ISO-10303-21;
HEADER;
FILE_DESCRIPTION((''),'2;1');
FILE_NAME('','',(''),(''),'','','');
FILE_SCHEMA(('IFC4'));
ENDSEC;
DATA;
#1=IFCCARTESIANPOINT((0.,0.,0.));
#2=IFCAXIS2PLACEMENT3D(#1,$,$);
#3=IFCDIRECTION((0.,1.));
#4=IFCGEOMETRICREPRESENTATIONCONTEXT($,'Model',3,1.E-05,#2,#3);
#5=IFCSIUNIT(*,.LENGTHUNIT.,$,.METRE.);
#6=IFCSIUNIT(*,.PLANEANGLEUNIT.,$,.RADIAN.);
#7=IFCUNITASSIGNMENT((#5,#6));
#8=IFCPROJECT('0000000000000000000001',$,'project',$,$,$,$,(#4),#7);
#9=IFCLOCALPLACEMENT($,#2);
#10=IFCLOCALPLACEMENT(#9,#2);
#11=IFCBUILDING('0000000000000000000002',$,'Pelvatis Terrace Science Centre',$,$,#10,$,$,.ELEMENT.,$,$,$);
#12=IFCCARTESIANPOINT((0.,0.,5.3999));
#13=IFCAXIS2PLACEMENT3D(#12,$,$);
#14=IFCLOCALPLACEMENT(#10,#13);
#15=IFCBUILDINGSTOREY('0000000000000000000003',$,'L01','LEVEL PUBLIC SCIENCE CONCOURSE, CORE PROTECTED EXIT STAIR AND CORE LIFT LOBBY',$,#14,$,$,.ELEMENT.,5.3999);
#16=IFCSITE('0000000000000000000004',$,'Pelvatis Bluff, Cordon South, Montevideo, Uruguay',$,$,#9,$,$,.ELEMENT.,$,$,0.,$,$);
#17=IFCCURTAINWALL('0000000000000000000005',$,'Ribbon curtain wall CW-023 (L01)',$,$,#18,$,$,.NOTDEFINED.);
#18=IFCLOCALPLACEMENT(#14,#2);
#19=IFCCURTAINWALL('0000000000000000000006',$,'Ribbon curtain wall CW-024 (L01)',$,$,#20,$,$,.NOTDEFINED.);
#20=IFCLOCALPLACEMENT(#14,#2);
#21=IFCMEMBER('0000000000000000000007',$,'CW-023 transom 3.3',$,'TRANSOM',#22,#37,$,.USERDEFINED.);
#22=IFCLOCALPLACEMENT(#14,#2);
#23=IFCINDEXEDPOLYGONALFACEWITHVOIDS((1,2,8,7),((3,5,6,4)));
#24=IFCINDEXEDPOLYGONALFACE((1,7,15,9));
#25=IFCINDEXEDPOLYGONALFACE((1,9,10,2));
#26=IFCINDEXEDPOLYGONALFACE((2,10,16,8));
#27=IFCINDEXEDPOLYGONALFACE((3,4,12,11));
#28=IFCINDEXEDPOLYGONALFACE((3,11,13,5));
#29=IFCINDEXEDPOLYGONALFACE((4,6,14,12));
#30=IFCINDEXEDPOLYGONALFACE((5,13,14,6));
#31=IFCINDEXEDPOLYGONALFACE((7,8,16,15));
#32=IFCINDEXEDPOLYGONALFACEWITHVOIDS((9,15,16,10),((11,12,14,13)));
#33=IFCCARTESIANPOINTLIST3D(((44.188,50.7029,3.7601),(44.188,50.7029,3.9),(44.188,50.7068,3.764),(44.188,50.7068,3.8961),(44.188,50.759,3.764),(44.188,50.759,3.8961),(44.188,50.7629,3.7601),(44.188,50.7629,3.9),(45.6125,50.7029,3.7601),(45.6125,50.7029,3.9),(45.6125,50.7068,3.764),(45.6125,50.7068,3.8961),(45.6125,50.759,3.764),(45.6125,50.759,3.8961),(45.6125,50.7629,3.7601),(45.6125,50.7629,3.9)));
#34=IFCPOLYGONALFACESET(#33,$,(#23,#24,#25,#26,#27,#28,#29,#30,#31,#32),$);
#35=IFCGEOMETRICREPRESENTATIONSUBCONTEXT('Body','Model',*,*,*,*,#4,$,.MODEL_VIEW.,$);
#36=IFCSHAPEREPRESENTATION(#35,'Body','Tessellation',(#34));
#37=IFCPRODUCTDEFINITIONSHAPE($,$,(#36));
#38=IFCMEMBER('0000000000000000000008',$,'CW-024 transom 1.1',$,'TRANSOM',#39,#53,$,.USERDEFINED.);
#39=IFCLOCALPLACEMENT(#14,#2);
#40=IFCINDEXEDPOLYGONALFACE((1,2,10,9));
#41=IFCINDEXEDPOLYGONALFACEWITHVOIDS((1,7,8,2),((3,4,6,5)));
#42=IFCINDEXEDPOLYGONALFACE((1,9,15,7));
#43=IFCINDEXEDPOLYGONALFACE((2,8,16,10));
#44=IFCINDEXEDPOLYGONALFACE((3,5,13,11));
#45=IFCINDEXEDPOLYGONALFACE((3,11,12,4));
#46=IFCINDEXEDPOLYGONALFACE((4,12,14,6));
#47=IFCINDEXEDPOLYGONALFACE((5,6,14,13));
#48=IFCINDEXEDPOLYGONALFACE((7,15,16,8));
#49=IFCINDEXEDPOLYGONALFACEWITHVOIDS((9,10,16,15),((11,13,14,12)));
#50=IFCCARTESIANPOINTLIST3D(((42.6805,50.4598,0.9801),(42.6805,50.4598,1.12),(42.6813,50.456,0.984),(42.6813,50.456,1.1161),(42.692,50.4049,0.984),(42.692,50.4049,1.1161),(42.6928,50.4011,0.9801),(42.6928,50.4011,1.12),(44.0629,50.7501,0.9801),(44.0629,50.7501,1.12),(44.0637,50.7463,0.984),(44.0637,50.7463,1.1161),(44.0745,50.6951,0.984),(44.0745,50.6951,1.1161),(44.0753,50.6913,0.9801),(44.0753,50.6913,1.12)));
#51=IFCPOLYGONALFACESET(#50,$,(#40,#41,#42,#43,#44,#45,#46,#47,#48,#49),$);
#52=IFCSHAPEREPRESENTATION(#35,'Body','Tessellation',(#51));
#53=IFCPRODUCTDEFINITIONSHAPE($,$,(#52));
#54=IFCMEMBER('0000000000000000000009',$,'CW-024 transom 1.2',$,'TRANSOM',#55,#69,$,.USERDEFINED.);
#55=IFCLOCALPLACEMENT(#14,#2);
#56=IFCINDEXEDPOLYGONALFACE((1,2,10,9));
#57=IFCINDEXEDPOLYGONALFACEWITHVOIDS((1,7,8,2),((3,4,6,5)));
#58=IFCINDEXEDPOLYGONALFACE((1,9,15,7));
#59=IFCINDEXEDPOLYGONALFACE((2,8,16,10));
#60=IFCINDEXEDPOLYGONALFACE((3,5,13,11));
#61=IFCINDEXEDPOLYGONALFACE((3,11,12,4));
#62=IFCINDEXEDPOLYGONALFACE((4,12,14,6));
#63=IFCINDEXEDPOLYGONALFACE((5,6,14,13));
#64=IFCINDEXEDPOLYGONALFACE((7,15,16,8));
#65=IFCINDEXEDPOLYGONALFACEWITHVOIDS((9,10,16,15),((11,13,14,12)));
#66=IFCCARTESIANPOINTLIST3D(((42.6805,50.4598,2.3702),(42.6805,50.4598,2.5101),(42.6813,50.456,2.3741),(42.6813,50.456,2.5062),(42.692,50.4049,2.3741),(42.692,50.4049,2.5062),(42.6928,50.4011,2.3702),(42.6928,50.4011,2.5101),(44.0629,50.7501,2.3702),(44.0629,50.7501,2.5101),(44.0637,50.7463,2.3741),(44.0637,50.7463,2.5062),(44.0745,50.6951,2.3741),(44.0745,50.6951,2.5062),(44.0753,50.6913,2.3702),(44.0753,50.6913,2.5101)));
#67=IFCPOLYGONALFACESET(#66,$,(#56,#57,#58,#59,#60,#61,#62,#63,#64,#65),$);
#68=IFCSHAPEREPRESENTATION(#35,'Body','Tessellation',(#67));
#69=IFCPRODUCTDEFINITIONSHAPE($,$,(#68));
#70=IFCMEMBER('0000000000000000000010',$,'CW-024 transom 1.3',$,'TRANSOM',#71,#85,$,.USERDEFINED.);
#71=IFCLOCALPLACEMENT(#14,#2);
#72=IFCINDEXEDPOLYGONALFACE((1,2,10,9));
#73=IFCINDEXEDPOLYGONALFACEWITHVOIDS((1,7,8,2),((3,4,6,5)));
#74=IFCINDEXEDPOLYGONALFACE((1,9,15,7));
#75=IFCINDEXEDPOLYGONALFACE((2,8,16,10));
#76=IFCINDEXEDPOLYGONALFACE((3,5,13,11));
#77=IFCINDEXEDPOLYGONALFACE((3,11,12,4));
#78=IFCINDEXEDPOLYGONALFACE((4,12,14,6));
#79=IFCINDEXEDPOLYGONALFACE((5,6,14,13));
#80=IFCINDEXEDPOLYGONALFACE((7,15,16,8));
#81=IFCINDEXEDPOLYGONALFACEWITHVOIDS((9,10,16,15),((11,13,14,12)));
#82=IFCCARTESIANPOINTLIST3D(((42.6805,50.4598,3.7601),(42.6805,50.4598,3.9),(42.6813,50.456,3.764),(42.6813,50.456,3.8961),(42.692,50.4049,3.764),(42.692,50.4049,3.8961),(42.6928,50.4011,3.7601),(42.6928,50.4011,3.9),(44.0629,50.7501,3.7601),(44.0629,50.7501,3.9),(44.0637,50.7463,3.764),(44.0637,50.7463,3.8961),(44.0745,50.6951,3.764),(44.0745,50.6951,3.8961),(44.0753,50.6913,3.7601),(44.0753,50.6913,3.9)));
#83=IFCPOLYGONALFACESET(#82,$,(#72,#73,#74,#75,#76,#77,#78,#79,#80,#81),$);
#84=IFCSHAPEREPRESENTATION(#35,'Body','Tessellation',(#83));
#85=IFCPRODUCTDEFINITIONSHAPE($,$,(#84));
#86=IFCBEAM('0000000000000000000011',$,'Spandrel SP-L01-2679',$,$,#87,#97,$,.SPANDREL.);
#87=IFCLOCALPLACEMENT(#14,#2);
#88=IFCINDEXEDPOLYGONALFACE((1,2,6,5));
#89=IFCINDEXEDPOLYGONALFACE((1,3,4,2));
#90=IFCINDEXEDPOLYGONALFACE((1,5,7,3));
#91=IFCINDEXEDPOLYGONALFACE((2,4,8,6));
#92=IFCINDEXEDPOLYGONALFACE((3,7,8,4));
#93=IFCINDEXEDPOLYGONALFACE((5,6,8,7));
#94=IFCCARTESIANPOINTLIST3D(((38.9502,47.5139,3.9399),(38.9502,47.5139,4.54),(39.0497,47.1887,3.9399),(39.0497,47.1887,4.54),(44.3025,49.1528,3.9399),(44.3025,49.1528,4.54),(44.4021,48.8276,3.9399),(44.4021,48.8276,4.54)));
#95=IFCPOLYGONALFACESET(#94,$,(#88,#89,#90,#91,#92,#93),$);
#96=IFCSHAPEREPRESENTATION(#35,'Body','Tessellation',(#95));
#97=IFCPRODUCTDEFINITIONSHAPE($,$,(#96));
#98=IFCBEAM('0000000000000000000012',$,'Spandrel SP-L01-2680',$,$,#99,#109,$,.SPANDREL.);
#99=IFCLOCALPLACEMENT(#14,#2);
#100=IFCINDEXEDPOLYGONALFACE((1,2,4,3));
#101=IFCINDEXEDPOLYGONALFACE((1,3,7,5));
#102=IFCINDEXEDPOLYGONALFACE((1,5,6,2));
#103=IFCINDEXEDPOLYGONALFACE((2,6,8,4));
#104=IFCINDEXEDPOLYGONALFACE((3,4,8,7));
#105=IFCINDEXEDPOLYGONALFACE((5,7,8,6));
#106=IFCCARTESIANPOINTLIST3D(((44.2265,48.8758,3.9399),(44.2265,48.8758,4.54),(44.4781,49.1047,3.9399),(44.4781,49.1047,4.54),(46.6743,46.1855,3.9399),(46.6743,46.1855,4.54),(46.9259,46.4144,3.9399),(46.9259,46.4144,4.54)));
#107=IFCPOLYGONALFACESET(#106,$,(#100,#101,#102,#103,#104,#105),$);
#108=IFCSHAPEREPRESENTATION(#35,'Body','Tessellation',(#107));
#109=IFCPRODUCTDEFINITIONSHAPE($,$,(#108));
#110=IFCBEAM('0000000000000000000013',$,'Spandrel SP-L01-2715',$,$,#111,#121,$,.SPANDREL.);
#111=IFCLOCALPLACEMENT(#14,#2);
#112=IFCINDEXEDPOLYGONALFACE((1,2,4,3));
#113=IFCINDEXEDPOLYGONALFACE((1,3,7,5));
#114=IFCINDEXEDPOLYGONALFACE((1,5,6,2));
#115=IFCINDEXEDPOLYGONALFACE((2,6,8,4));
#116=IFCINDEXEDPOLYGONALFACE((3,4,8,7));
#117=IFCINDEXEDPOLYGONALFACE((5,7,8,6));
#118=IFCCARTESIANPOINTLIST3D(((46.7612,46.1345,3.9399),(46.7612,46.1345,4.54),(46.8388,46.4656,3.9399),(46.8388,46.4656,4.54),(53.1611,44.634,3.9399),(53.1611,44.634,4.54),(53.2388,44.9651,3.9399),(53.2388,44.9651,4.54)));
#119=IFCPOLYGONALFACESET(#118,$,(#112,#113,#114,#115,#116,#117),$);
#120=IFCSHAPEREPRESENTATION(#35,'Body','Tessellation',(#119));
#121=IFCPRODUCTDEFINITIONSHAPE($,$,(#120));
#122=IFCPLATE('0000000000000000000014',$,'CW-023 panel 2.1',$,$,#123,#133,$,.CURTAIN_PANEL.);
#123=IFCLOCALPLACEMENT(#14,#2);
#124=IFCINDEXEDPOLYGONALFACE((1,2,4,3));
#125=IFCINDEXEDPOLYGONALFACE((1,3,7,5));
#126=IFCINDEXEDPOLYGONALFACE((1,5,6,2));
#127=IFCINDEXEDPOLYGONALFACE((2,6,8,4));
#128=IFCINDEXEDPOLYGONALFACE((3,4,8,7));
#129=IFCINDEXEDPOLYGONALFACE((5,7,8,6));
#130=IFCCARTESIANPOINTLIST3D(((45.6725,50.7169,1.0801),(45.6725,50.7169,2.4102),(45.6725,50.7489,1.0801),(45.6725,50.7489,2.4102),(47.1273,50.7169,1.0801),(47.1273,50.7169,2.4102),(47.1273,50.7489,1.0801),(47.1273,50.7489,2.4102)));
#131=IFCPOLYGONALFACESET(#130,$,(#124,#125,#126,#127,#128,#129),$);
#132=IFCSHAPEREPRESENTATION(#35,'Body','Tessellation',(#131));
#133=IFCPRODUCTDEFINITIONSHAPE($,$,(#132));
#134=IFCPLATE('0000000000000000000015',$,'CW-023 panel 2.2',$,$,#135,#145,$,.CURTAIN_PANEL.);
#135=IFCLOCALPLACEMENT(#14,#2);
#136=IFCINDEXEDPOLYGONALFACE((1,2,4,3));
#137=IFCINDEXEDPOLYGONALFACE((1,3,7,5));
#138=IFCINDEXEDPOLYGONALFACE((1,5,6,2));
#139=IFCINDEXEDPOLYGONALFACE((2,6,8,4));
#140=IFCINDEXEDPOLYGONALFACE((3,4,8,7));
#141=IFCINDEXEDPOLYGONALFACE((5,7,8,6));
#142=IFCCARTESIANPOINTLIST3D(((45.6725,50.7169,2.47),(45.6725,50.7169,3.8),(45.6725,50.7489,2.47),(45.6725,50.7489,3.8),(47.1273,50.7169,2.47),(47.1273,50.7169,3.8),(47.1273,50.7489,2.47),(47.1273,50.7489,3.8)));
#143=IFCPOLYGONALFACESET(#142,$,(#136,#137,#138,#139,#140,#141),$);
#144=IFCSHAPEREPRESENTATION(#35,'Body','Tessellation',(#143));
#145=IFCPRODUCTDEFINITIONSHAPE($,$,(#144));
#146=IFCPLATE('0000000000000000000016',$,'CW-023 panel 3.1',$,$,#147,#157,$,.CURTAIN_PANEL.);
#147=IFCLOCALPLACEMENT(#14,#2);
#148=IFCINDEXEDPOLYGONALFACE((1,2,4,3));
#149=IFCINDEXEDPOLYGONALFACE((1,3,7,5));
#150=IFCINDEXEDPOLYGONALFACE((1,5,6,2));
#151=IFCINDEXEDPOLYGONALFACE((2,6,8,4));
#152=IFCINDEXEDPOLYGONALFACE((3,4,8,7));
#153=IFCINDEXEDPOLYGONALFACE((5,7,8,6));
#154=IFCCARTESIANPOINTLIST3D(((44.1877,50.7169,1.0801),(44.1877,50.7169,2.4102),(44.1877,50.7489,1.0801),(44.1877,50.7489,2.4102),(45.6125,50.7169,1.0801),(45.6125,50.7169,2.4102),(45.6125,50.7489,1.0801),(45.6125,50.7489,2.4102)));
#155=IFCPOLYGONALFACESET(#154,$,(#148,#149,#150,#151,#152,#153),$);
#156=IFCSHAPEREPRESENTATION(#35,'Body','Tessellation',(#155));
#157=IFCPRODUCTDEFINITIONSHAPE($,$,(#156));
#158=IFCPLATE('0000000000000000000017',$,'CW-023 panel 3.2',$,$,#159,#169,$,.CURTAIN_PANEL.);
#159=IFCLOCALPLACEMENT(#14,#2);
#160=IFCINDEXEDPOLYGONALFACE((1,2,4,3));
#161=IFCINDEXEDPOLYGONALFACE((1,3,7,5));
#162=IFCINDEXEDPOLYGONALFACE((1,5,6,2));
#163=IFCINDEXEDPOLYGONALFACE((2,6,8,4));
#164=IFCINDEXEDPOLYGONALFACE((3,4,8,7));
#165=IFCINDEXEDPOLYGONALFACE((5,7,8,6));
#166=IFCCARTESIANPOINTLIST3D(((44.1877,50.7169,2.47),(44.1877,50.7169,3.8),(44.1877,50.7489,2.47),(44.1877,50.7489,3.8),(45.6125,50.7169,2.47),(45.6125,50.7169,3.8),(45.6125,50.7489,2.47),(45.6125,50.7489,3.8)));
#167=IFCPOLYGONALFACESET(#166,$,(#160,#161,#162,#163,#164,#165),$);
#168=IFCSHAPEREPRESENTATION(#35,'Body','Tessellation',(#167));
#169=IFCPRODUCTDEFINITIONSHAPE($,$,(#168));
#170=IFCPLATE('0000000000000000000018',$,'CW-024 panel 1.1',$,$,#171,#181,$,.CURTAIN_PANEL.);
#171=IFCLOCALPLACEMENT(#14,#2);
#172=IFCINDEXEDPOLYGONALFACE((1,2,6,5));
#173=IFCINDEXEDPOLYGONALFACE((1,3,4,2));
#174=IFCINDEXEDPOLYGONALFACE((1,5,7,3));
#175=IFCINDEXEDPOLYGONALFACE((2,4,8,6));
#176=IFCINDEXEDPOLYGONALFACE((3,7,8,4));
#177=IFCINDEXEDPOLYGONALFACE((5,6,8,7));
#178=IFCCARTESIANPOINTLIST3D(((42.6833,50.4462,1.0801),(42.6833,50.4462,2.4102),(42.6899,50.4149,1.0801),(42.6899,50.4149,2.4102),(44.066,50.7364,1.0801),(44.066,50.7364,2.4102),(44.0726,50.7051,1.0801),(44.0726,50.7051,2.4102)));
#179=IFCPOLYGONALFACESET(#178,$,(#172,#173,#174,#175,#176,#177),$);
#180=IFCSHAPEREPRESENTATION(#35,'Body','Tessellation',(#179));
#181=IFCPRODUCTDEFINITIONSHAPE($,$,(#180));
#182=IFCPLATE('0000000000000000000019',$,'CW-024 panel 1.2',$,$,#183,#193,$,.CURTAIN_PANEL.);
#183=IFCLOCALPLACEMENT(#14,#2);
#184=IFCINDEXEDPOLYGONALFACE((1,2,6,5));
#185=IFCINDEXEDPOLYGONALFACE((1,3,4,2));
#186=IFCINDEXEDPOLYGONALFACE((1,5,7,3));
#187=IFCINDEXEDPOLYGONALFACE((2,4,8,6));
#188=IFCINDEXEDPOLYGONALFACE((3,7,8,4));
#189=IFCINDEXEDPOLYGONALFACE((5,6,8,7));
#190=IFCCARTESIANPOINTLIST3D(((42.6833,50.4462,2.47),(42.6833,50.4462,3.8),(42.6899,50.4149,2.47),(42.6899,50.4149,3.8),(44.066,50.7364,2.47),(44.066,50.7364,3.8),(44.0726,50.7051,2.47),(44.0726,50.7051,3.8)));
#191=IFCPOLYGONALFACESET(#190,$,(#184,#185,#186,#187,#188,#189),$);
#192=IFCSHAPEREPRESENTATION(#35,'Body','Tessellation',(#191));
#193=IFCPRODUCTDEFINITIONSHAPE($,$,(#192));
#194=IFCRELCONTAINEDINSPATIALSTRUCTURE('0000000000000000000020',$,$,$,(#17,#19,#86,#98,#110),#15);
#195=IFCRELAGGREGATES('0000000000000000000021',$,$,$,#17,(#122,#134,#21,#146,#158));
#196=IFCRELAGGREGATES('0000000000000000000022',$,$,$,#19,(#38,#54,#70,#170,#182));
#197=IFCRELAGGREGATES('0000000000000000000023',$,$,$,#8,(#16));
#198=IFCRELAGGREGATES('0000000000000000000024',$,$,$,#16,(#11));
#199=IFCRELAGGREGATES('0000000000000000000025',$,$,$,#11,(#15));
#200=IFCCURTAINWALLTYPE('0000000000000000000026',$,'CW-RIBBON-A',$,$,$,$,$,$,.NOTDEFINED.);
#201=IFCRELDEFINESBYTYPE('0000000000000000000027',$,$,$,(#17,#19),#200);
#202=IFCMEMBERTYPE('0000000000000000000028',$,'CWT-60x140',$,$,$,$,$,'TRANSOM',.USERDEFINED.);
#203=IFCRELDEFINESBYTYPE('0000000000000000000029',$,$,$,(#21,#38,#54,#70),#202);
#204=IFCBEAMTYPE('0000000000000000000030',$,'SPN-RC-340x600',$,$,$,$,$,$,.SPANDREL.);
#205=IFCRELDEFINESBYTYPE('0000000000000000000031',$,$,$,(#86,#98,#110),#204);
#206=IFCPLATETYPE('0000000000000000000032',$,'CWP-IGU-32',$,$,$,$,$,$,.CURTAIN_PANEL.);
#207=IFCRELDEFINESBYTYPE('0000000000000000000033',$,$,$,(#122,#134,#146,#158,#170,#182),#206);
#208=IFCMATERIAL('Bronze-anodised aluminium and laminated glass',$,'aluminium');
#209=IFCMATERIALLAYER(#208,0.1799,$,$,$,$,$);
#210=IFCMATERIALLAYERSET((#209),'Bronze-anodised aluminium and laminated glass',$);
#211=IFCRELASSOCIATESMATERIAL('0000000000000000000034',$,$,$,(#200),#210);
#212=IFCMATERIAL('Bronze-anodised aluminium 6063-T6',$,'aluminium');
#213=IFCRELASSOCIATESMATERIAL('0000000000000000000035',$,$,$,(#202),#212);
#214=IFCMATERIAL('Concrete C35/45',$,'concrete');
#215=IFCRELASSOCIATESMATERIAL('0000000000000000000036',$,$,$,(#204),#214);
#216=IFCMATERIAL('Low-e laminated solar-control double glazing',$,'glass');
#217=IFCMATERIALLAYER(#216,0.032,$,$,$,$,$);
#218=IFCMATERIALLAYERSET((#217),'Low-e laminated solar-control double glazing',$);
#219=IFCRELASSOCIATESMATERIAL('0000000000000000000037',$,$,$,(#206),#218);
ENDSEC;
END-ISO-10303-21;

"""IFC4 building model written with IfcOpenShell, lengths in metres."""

from ifc_helpers import new_model, si_unit, direction, frame, origin, origin_2d, place, context, subcontext, project, spatial, rectangle, hollow_rectangle, extrude, material, layer, layer_set, material_profile, profile_set, type_object, element, aggregate, save


model = new_model("IFC4")

# Units and contexts
model_context = context("Model", 3, precision=1e-05, world=origin(), true_north=direction((0.0, 1.0)))
body_context = subcontext(model_context, "Body", "Model", "MODEL_VIEW")
ifc_project = project(units=[si_unit("LENGTHUNIT", "METRE"), si_unit("PLANEANGLEUNIT", "RADIAN")], contexts=[model_context])

# Site, building, storey
site_placement = place(None, origin())
site = spatial("IfcSite", under=ifc_project, at=site_placement, Name="Pelvatis Bluff, Cordon South, Montevideo, Uruguay", CompositionType="ELEMENT", RefElevation=0.0)
building_placement = place(site_placement, origin())
building = spatial("IfcBuilding", under=site, at=building_placement, Name="Pelvatis Terrace Science Centre", CompositionType="ELEMENT")
storey_placement = place(building_placement, frame((0.0, 0.0, 5.3999)))
storey = spatial("IfcBuildingStorey", under=building, at=storey_placement, Name="L01", Description="LEVEL PUBLIC SCIENCE CONCOURSE, CORE PROTECTED EXIT STAIR AND CORE LIFT LOBBY", CompositionType="ELEMENT", Elevation=5.3999)

# Curtain walls
ifc_material_1 = material(Name="Bronze-anodised aluminium and laminated glass", Category="aluminium")
ifc_layer_1 = layer(ifc_material_1, 0.1799)
ifc_layer_set_1 = layer_set([ifc_layer_1], Name="Bronze-anodised aluminium and laminated glass")
curtain_wall_type = type_object("IfcCurtainWallType", Name="CW-RIBBON-A", PredefinedType="NOTDEFINED", material=ifc_layer_set_1)
curtain_wall_1_placement = place(storey_placement, origin())
curtain_wall_1 = element("IfcCurtainWall", 1, at=curtain_wall_1_placement, inside=storey, type_object=curtain_wall_type, Name="Ribbon curtain wall CW-023 (L01)", PredefinedType="NOTDEFINED")
curtain_wall_2_placement = place(storey_placement, origin())
curtain_wall_2 = element("IfcCurtainWall", 2, at=curtain_wall_2_placement, inside=storey, type_object=curtain_wall_type, Name="Ribbon curtain wall CW-024 (L01)", PredefinedType="NOTDEFINED")

# Members
ifc_material_2 = material(Name="Bronze-anodised aluminium 6063-T6", Category="aluminium")
ifc_material_profile_1 = material_profile(ifc_material_2, hollow_rectangle(XDim=0.0601, YDim=0.1399, WallThickness=0.0039, at=origin_2d()), Name="ALU-TRN 60x140")
ifc_profile_set_1 = profile_set([ifc_material_profile_1], Name="Bronze-anodised aluminium 6063-T6")
member_type_1 = type_object("IfcMemberType", Name="CWT-60x140", ElementType="TRANSOM", PredefinedType="USERDEFINED", material=ifc_profile_set_1)
member_1_placement = place(storey_placement, frame((45.6125, 50.7329, 3.8301), z_axis=(-1.0, 0.0, 0.0), x_axis=(0.0, -1.0, 0.0)))
member_1 = element("IfcMember", 3, at=member_1_placement, type_object=member_type_1, Name="CW-023 transom 3.3", ObjectType="TRANSOM", PredefinedType="USERDEFINED", context=body_context, shape_type="SweptSolid", body=[
    extrude(hollow_rectangle(XDim=0.0601, YDim=0.1399, WallThickness=0.0039, at=origin_2d()), origin(), (0.0, 0.0, 1.0), 1.4246),
])
member_2_placement = place(storey_placement, frame((44.0691, 50.7207, 1.05), z_axis=(-0.978661, -0.205479, 0.0), x_axis=(0.205479, -0.978661, 0.0)))
member_2 = element("IfcMember", 4, at=member_2_placement, type_object=member_type_1, Name="CW-024 transom 1.1", ObjectType="TRANSOM", PredefinedType="USERDEFINED", context=body_context, shape_type="SweptSolid", body=[
    extrude(hollow_rectangle(XDim=0.0601, YDim=0.1399, WallThickness=0.0039, at=origin_2d()), origin(), (0.0, 0.0, 1.0), 1.4126),
])
member_3_placement = place(storey_placement, frame((44.0691, 50.7207, 2.4402), z_axis=(-0.978661, -0.205479, 0.0), x_axis=(0.205479, -0.978661, 0.0)))
member_3 = element("IfcMember", 5, at=member_3_placement, type_object=member_type_1, Name="CW-024 transom 1.2", ObjectType="TRANSOM", PredefinedType="USERDEFINED", context=body_context, shape_type="SweptSolid", body=[
    extrude(hollow_rectangle(XDim=0.0601, YDim=0.1399, WallThickness=0.0039, at=origin_2d()), origin(), (0.0, 0.0, 1.0), 1.4126),
])
member_4_placement = place(storey_placement, frame((44.0691, 50.7207, 3.8301), z_axis=(-0.978661, -0.205479, 0.0), x_axis=(0.205479, -0.978661, 0.0)))
member_4 = element("IfcMember", 6, at=member_4_placement, type_object=member_type_1, Name="CW-024 transom 1.3", ObjectType="TRANSOM", PredefinedType="USERDEFINED", context=body_context, shape_type="SweptSolid", body=[
    extrude(hollow_rectangle(XDim=0.0601, YDim=0.1399, WallThickness=0.0039, at=origin_2d()), origin(), (0.0, 0.0, 1.0), 1.4126),
])

# Beams
ifc_material_3 = material(Name="Concrete C35/45", Category="concrete")
ifc_material_profile_2 = material_profile(ifc_material_3, rectangle(XDim=0.3401, YDim=0.6001, at=origin_2d()), Name="RC-SPN 340x600")
ifc_profile_set_2 = profile_set([ifc_material_profile_2], Name="Concrete C35/45")
beam_type_1 = type_object("IfcBeamType", Name="SPN-RC-340x600", PredefinedType="SPANDREL", material=ifc_profile_set_2)
beam_1_placement = place(storey_placement, frame((44.3523, 48.9902, 4.24), z_axis=(-0.956177, -0.292789, 0.0), x_axis=(0.292789, -0.956177, 0.0)))
element("IfcBeam", 7, at=beam_1_placement, inside=storey, type_object=beam_type_1, Name="Spandrel SP-L01-2679", PredefinedType="SPANDREL", context=body_context, shape_type="SweptSolid", body=[
    extrude(rectangle(XDim=0.3401, YDim=0.6001, at=origin_2d()), origin(), (0.0, 0.0, 1.0), 5.5977),
])
beam_2_placement = place(storey_placement, frame((44.3523, 48.9902, 4.24), z_axis=(0.672993, -0.739648, 0.0), x_axis=(0.739648, 0.672993, 0.0)))
element("IfcBeam", 8, at=beam_2_placement, inside=storey, type_object=beam_type_1, Name="Spandrel SP-L01-2680", PredefinedType="SPANDREL", context=body_context, shape_type="SweptSolid", body=[
    extrude(rectangle(XDim=0.3401, YDim=0.6001, at=origin_2d()), origin(), (0.0, 0.0, 1.0), 3.6372),
])
beam_3_placement = place(storey_placement, frame((53.2, 44.7996, 4.24), z_axis=(-0.973599, 0.228265, 0.0), x_axis=(-0.228265, -0.973599, 0.0)))
element("IfcBeam", 9, at=beam_3_placement, inside=storey, type_object=beam_type_1, Name="Spandrel SP-L01-2715", PredefinedType="SPANDREL", context=body_context, shape_type="SweptSolid", body=[
    extrude(rectangle(XDim=0.3401, YDim=0.6001, at=origin_2d()), origin(), (0.0, 0.0, 1.0), 6.5735),
])

# Plates
ifc_material_4 = material(Name="Low-e laminated solar-control double glazing", Category="glass")
ifc_layer_2 = layer(ifc_material_4, 0.032)
ifc_layer_set_2 = layer_set([ifc_layer_2], Name="Low-e laminated solar-control double glazing")
plate_type_1 = type_object("IfcPlateType", Name="CWP-IGU-32", PredefinedType="CURTAIN_PANEL", material=ifc_layer_set_2)
plate_1_placement = place(storey_placement, frame((46.3999, 50.7329, 1.0801), z_axis=(0.0, 0.0, 1.0), x_axis=(-1.0, 0.0, 0.0)))
plate_1 = element("IfcPlate", 10, at=plate_1_placement, type_object=plate_type_1, Name="CW-023 panel 2.1", PredefinedType="CURTAIN_PANEL", context=body_context, shape_type="SweptSolid", body=[
    extrude(rectangle(XDim=1.4548, YDim=0.032, at=origin_2d()), origin(), (0.0, 0.0, 1.0), 1.3301),
])
plate_2_placement = place(storey_placement, frame((46.3999, 50.7329, 2.47), z_axis=(0.0, 0.0, 1.0), x_axis=(-1.0, 0.0, 0.0)))
plate_2 = element("IfcPlate", 11, at=plate_2_placement, type_object=plate_type_1, Name="CW-023 panel 2.2", PredefinedType="CURTAIN_PANEL", context=body_context, shape_type="SweptSolid", body=[
    extrude(rectangle(XDim=1.4548, YDim=0.032, at=origin_2d()), origin(), (0.0, 0.0, 1.0), 1.3301),
])
plate_3_placement = place(storey_placement, frame((44.9001, 50.7329, 1.0801), z_axis=(0.0, 0.0, 1.0), x_axis=(-1.0, 0.0, 0.0)))
plate_3 = element("IfcPlate", 12, at=plate_3_placement, type_object=plate_type_1, Name="CW-023 panel 3.1", PredefinedType="CURTAIN_PANEL", context=body_context, shape_type="SweptSolid", body=[
    extrude(rectangle(XDim=1.4248, YDim=0.032, at=origin_2d()), origin(), (0.0, 0.0, 1.0), 1.3301),
])
plate_4_placement = place(storey_placement, frame((44.9001, 50.7329, 2.47), z_axis=(0.0, 0.0, 1.0), x_axis=(-1.0, 0.0, 0.0)))
plate_4 = element("IfcPlate", 13, at=plate_4_placement, type_object=plate_type_1, Name="CW-023 panel 3.2", PredefinedType="CURTAIN_PANEL", context=body_context, shape_type="SweptSolid", body=[
    extrude(rectangle(XDim=1.4248, YDim=0.032, at=origin_2d()), origin(), (0.0, 0.0, 1.0), 1.3301),
])
aggregate(curtain_wall_1, [plate_1, plate_2, member_1, plate_3, plate_4])
plate_5_placement = place(storey_placement, frame((43.3779, 50.5757, 1.0801), z_axis=(0.0, 0.0, 1.0), x_axis=(-0.978679, -0.205398, 0.0)))
plate_5 = element("IfcPlate", 14, at=plate_5_placement, type_object=plate_type_1, Name="CW-024 panel 1.1", PredefinedType="CURTAIN_PANEL", context=body_context, shape_type="SweptSolid", body=[
    extrude(rectangle(XDim=1.4128, YDim=0.032, at=origin_2d()), origin(), (0.0, 0.0, 1.0), 1.3301),
])
plate_6_placement = place(storey_placement, frame((43.3779, 50.5757, 2.47), z_axis=(0.0, 0.0, 1.0), x_axis=(-0.978679, -0.205398, 0.0)))
plate_6 = element("IfcPlate", 15, at=plate_6_placement, type_object=plate_type_1, Name="CW-024 panel 1.2", PredefinedType="CURTAIN_PANEL", context=body_context, shape_type="SweptSolid", body=[
    extrude(rectangle(XDim=1.4128, YDim=0.032, at=origin_2d()), origin(), (0.0, 0.0, 1.0), 1.3301),
])
aggregate(curtain_wall_2, [member_2, member_3, member_4, plate_5, plate_6])

save(model, "model.ifc")
